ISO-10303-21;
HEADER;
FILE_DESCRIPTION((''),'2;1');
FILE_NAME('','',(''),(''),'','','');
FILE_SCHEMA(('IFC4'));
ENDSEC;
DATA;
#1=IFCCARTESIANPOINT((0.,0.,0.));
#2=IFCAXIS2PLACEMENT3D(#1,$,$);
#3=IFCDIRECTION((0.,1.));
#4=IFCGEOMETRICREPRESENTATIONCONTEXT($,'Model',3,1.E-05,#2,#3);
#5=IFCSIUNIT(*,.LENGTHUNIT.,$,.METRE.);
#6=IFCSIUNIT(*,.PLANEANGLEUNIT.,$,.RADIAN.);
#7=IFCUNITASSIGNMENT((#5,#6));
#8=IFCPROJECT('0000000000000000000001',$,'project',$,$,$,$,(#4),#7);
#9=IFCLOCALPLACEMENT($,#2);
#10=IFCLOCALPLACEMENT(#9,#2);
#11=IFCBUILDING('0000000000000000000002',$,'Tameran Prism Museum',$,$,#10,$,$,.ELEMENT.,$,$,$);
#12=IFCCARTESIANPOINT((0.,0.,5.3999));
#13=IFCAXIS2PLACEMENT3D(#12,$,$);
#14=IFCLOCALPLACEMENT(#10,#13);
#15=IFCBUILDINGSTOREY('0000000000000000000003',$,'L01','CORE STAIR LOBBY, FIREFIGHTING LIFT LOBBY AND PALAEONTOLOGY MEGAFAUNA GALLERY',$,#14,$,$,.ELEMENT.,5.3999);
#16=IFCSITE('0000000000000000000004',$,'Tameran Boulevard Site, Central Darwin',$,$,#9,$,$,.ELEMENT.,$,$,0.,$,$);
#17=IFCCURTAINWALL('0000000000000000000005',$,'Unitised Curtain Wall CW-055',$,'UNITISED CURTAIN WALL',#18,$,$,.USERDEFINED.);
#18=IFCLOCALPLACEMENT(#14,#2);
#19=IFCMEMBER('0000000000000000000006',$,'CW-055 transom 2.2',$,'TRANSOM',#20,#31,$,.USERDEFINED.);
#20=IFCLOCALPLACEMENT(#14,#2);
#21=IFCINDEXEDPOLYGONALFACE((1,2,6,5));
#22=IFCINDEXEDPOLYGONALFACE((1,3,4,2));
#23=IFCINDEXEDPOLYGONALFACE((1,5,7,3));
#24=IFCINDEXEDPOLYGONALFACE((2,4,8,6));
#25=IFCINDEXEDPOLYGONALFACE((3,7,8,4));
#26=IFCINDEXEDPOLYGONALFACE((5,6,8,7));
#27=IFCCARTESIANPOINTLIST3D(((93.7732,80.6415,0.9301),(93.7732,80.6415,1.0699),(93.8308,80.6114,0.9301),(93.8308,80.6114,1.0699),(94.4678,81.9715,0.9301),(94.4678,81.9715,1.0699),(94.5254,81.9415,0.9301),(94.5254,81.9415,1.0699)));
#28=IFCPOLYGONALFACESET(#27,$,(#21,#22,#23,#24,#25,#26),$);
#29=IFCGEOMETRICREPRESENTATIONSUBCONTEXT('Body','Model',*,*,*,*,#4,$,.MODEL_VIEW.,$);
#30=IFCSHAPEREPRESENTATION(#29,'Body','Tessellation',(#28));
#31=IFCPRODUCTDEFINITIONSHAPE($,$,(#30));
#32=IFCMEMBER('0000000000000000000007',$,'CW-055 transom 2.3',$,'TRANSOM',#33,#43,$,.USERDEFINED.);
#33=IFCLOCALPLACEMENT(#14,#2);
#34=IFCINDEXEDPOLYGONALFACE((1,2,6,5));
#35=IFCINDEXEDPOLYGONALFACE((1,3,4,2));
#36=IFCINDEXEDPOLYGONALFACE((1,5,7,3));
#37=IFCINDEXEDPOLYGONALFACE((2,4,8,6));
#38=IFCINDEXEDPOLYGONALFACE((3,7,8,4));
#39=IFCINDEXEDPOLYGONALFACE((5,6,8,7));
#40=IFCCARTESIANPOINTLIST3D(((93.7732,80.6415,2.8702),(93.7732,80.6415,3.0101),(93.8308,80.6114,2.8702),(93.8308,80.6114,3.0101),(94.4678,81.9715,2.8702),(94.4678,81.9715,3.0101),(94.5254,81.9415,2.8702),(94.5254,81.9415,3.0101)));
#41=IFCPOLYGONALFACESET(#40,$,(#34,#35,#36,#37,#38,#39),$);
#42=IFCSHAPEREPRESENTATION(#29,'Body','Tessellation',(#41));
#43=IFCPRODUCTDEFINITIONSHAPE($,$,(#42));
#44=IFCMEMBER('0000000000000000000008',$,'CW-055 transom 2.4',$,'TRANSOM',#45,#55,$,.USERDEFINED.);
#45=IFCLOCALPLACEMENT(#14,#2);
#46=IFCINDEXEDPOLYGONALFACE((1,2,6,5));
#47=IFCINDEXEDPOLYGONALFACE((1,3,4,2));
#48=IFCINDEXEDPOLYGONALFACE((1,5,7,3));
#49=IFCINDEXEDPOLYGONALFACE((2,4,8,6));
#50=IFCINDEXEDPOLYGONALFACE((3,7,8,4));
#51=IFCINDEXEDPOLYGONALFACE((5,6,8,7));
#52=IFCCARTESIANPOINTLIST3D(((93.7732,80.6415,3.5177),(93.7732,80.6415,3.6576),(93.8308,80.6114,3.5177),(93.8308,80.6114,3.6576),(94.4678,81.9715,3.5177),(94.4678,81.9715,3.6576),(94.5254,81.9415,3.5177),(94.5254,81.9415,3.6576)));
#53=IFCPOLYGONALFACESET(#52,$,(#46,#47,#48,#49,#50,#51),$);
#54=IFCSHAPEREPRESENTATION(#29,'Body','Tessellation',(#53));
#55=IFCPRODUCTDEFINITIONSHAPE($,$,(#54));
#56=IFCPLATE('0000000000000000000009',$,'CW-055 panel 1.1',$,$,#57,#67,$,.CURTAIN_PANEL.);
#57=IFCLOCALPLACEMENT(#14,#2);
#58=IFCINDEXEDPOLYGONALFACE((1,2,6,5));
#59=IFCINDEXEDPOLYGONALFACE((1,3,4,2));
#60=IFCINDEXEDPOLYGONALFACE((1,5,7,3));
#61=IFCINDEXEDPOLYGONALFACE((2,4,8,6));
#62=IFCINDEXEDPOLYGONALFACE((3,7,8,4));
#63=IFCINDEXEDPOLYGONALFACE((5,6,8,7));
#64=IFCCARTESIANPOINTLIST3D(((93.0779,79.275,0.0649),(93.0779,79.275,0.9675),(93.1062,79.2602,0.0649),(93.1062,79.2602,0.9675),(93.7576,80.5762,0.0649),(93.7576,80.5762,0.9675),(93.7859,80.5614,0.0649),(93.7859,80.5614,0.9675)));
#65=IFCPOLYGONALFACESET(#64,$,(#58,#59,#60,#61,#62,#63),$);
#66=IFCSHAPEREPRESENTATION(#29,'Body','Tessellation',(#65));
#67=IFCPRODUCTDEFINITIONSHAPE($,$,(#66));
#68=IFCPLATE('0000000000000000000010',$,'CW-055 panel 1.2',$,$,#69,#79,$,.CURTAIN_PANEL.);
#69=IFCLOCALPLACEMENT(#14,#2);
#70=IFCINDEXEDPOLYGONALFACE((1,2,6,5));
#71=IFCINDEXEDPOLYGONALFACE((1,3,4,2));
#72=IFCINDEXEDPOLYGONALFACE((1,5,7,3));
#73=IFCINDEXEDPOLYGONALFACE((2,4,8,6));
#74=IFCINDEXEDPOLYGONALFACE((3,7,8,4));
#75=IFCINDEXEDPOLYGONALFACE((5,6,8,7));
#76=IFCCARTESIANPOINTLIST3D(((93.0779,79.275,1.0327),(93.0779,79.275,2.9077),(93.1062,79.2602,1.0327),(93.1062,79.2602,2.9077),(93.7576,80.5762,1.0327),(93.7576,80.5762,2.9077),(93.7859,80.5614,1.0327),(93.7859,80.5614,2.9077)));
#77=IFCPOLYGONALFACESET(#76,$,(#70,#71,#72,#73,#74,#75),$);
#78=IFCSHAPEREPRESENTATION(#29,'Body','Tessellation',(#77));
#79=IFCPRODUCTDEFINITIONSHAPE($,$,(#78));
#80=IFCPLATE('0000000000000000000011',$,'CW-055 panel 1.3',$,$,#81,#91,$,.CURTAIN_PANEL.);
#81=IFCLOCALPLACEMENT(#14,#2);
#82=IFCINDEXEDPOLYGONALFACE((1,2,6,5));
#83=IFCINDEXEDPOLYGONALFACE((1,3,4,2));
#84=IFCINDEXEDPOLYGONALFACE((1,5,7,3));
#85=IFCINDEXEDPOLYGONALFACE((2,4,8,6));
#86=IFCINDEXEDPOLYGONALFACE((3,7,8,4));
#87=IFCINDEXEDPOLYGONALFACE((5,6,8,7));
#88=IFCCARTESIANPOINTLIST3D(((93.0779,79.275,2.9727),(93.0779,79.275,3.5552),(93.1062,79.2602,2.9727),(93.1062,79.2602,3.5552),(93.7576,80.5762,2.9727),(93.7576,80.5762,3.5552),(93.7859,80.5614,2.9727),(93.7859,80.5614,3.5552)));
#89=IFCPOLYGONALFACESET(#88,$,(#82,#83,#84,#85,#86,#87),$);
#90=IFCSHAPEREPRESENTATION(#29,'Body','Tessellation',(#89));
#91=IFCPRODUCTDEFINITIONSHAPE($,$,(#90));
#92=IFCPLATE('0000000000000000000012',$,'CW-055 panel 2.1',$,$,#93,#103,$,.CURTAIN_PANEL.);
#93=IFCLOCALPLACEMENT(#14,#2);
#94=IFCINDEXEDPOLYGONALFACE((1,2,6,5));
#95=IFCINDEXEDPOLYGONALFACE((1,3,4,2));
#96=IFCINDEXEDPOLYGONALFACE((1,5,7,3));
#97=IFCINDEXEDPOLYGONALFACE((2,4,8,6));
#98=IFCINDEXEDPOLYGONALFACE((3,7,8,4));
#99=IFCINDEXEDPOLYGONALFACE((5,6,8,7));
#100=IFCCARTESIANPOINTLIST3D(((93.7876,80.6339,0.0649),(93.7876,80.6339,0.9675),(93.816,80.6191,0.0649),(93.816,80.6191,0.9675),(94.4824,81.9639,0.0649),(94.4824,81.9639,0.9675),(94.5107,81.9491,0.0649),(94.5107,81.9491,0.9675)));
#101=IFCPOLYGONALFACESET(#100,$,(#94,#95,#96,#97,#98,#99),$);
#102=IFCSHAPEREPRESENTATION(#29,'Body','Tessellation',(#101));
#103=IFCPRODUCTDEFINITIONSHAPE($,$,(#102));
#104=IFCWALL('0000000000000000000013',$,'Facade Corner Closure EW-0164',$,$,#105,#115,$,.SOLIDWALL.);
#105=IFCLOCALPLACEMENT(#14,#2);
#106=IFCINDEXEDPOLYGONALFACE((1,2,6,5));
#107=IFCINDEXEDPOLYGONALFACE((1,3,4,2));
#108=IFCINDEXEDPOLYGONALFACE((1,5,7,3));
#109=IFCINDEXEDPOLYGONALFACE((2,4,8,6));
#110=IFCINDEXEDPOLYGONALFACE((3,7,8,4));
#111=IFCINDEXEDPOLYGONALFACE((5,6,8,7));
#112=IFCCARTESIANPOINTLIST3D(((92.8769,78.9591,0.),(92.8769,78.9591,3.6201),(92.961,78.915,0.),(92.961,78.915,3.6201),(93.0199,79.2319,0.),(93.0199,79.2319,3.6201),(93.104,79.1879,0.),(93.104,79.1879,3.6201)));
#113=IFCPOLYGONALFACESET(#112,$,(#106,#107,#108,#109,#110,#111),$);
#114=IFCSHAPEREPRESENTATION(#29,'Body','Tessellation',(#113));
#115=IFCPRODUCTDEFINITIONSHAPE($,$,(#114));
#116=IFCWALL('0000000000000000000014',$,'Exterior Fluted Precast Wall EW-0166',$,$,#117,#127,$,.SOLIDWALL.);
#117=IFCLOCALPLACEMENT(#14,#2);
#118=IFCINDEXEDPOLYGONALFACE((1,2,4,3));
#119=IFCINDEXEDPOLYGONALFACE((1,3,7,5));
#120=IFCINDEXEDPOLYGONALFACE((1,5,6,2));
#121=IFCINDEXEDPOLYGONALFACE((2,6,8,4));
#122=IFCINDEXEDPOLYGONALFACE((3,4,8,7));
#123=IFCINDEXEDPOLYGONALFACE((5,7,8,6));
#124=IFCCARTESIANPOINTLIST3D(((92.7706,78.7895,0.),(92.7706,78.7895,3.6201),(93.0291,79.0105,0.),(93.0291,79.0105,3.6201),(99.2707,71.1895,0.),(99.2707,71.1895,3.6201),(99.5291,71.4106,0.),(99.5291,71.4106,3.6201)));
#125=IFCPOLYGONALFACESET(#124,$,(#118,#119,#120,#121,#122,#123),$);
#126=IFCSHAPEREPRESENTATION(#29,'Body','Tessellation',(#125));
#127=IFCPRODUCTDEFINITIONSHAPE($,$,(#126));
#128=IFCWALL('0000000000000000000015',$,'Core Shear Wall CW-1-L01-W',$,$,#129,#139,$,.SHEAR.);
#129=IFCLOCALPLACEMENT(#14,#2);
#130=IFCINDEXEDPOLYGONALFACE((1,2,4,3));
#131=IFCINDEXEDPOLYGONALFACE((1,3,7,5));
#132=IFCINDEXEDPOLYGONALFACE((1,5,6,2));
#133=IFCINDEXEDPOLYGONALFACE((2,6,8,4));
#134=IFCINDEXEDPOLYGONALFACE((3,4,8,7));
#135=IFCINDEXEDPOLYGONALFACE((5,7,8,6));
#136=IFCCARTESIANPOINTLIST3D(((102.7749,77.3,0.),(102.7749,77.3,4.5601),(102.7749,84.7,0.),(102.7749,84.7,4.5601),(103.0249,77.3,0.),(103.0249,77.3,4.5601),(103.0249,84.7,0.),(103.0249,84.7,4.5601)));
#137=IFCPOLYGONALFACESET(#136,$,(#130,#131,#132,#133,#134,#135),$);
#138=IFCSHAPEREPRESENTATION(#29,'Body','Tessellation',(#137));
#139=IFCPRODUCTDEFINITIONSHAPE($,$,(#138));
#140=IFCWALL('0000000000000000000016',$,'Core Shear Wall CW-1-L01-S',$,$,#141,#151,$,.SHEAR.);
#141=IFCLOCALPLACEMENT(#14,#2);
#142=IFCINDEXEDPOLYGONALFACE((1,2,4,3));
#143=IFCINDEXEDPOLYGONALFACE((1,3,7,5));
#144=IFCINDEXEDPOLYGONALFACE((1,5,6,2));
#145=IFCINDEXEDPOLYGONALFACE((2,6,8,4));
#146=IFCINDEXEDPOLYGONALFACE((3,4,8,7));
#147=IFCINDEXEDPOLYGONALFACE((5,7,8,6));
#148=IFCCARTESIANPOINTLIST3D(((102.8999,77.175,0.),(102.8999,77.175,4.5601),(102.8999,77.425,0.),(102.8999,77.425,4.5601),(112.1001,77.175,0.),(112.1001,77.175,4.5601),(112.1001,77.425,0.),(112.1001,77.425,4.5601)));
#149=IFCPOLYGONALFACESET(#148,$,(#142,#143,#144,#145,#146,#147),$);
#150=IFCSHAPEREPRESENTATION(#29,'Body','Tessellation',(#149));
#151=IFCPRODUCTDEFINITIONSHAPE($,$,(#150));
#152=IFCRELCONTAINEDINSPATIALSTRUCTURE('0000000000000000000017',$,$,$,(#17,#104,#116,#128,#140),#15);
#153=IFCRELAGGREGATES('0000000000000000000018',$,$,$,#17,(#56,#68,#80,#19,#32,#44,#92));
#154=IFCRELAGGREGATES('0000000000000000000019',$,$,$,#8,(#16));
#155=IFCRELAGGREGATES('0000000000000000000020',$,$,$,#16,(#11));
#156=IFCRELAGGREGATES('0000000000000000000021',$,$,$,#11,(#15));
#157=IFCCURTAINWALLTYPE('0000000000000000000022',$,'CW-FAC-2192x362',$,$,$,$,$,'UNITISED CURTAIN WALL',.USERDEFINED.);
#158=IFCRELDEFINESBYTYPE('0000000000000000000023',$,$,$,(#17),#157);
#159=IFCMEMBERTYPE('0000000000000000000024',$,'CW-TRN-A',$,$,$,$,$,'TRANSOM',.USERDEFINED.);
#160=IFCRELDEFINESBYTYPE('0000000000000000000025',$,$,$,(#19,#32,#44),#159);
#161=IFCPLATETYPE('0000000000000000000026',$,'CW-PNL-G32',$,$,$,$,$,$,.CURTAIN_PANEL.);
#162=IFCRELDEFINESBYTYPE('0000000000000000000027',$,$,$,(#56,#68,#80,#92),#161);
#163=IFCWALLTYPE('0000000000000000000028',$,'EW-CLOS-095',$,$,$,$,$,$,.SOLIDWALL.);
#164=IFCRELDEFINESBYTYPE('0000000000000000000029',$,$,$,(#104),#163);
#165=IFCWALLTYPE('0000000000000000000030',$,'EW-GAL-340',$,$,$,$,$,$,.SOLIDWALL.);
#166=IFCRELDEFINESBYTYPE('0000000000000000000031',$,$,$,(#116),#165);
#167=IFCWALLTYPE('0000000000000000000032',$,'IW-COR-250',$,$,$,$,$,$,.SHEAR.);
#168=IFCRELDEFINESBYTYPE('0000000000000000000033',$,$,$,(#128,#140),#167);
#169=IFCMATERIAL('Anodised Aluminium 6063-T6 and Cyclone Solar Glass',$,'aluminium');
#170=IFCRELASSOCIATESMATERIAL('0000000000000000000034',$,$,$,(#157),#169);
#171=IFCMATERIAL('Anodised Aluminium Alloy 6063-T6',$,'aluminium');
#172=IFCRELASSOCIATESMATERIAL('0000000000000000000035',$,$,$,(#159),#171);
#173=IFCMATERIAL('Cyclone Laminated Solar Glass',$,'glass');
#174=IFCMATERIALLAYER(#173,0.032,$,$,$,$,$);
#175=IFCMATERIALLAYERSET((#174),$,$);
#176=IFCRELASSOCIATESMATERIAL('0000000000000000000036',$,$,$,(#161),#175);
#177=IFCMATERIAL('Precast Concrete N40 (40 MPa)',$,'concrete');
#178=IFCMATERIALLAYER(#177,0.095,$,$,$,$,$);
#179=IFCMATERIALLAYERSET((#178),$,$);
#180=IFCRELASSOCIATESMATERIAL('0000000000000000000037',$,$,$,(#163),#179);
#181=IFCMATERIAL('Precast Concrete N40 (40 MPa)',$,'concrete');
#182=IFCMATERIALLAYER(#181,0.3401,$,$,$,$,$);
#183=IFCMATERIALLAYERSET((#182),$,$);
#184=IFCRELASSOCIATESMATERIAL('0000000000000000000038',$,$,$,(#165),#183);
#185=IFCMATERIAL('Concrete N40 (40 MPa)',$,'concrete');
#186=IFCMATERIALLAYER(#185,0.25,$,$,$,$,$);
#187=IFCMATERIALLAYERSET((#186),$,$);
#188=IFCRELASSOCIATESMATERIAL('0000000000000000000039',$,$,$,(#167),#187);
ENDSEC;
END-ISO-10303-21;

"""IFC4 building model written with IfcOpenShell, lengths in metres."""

from ifc_helpers import new_model, si_unit, direction, frame, frame_2d, origin, origin_2d, place, context, subcontext, project, spatial, rectangle, extrude, material, layer, layer_set, material_profile, profile_set, type_object, element, aggregate, save


model = new_model("IFC4")

# Units and contexts
model_context = context("Model", 3, precision=1e-05, world=origin(), true_north=direction((0.0, 1.0)))
body_context = subcontext(model_context, "Body", "Model", "MODEL_VIEW")
ifc_project = project(units=[si_unit("LENGTHUNIT", "METRE"), si_unit("PLANEANGLEUNIT", "RADIAN")], contexts=[model_context])

# Site, building, storey
site_placement = place(None, origin())
site = spatial("IfcSite", under=ifc_project, at=site_placement, Name="Tameran Boulevard Site, Central Darwin", CompositionType="ELEMENT", RefElevation=0.0)
building_placement = place(site_placement, origin())
building = spatial("IfcBuilding", under=site, at=building_placement, Name="Tameran Prism Museum", CompositionType="ELEMENT")
storey_placement = place(building_placement, frame((0.0, 0.0, 5.3999)))
storey = spatial("IfcBuildingStorey", under=building, at=storey_placement, Name="L01", Description="CORE STAIR LOBBY, FIREFIGHTING LIFT LOBBY AND PALAEONTOLOGY MEGAFAUNA GALLERY", CompositionType="ELEMENT", Elevation=5.3999)

# Curtain wall, members, plates
ifc_material_1 = material(Name="Anodised Aluminium 6063-T6 and Cyclone Solar Glass", Category="aluminium")
curtain_wall_type = type_object("IfcCurtainWallType", Name="CW-FAC-2192x362", ElementType="UNITISED CURTAIN WALL", PredefinedType="USERDEFINED", material=ifc_material_1)
curtain_wall_placement = place(storey_placement, origin())
curtain_wall = element("IfcCurtainWall", 1, at=curtain_wall_placement, inside=storey, type_object=curtain_wall_type, Name="Unitised Curtain Wall CW-055", ObjectType="UNITISED CURTAIN WALL", PredefinedType="USERDEFINED")
ifc_material_2 = material(Name="Anodised Aluminium Alloy 6063-T6", Category="aluminium")
ifc_material_profile_1 = material_profile(ifc_material_2, rectangle(XDim=0.0649, YDim=0.1399, at=origin_2d()))
ifc_profile_set_1 = profile_set([ifc_material_profile_1])
member_type_1 = type_object("IfcMemberType", Name="CW-TRN-A", ElementType="TRANSOM", PredefinedType="USERDEFINED", material=ifc_profile_set_1)
member_1_placement = place(storey_placement, frame((93.802, 80.6265, 1.0), z_axis=(0.462894, 0.886414, 0.0), x_axis=(-0.886414, 0.462894, 0.0)))
member_1 = element("IfcMember", 2, at=member_1_placement, type_object=member_type_1, Name="CW-055 transom 2.2", ObjectType="TRANSOM", PredefinedType="USERDEFINED", context=body_context, shape_type="SweptSolid", body=[
    extrude(rectangle(XDim=0.0649, YDim=0.1399, at=origin_2d()), origin(), (0.0, 0.0, 1.0), 1.5005),
])
member_2_placement = place(storey_placement, frame((93.802, 80.6265, 2.9402), z_axis=(0.462894, 0.886414, 0.0), x_axis=(-0.886414, 0.462894, 0.0)))
member_2 = element("IfcMember", 3, at=member_2_placement, type_object=member_type_1, Name="CW-055 transom 2.3", ObjectType="TRANSOM", PredefinedType="USERDEFINED", context=body_context, shape_type="SweptSolid", body=[
    extrude(rectangle(XDim=0.0649, YDim=0.1399, at=origin_2d()), origin(), (0.0, 0.0, 1.0), 1.5005),
])
member_3_placement = place(storey_placement, frame((93.802, 80.6265, 3.5876), z_axis=(0.462894, 0.886414, 0.0), x_axis=(-0.886414, 0.462894, 0.0)))
member_3 = element("IfcMember", 4, at=member_3_placement, type_object=member_type_1, Name="CW-055 transom 2.4", ObjectType="TRANSOM", PredefinedType="USERDEFINED", context=body_context, shape_type="SweptSolid", body=[
    extrude(rectangle(XDim=0.0649, YDim=0.1399, at=origin_2d()), origin(), (0.0, 0.0, 1.0), 1.5005),
])
ifc_material_3 = material(Name="Cyclone Laminated Solar Glass", Category="glass")
ifc_layer_1 = layer(ifc_material_3, 0.032)
ifc_layer_set_1 = layer_set([ifc_layer_1])
plate_type = type_object("IfcPlateType", Name="CW-PNL-G32", PredefinedType="CURTAIN_PANEL", material=ifc_layer_set_1)
plate_1_placement = place(storey_placement, frame((93.4319, 79.9182, 0.0649), z_axis=(0.0, 0.0, 1.0), x_axis=(0.463003, 0.886357, 0.0)))
plate_1 = element("IfcPlate", 5, at=plate_1_placement, type_object=plate_type, Name="CW-055 panel 1.1", PredefinedType="CURTAIN_PANEL", context=body_context, shape_type="SweptSolid", body=[
    extrude(rectangle(XDim=1.468, YDim=0.032, at=origin_2d()), origin(), (0.0, 0.0, 1.0), 0.9026),
])
plate_2_placement = place(storey_placement, frame((93.4319, 79.9182, 1.0327), z_axis=(0.0, 0.0, 1.0), x_axis=(0.463003, 0.886357, 0.0)))
plate_2 = element("IfcPlate", 6, at=plate_2_placement, type_object=plate_type, Name="CW-055 panel 1.2", PredefinedType="CURTAIN_PANEL", context=body_context, shape_type="SweptSolid", body=[
    extrude(rectangle(XDim=1.468, YDim=0.032, at=origin_2d()), origin(), (0.0, 0.0, 1.0), 1.875),
])
plate_3_placement = place(storey_placement, frame((93.4319, 79.9182, 2.9727), z_axis=(0.0, 0.0, 1.0), x_axis=(0.463003, 0.886357, 0.0)))
plate_3 = element("IfcPlate", 7, at=plate_3_placement, type_object=plate_type, Name="CW-055 panel 1.3", PredefinedType="CURTAIN_PANEL", context=body_context, shape_type="SweptSolid", body=[
    extrude(rectangle(XDim=1.468, YDim=0.032, at=origin_2d()), origin(), (0.0, 0.0, 1.0), 0.5825),
])
plate_4_placement = place(storey_placement, frame((94.1492, 81.2915, 0.0649), z_axis=(0.0, 0.0, 1.0), x_axis=(0.463003, 0.886357, 0.0)))
plate_4 = element("IfcPlate", 8, at=plate_4_placement, type_object=plate_type, Name="CW-055 panel 2.1", PredefinedType="CURTAIN_PANEL", context=body_context, shape_type="SweptSolid", body=[
    extrude(rectangle(XDim=1.5005, YDim=0.032, at=origin_2d()), origin(), (0.0, 0.0, 1.0), 0.9026),
])
aggregate(curtain_wall, [plate_1, plate_2, plate_3, member_1, member_2, member_3, plate_4])

# Walls
ifc_material_4 = material(Name="Precast Concrete N40 (40 MPa)", Category="concrete")
ifc_layer_2 = layer(ifc_material_4, 0.095)
ifc_layer_set_2 = layer_set([ifc_layer_2])
wall_type_1 = type_object("IfcWallType", Name="EW-CLOS-095", PredefinedType="SOLIDWALL", material=ifc_layer_set_2)
wall_1_placement = place(storey_placement, frame((92.9189, 78.937, 0.0), z_axis=(0.0, 0.0, 1.0), x_axis=(0.464244, 0.885707, 0.0)))
element("IfcWall", 9, at=wall_1_placement, inside=storey, type_object=wall_type_1, Name="Facade Corner Closure EW-0164", PredefinedType="SOLIDWALL", context=body_context, shape_type="SweptSolid", body=[
    extrude(rectangle(XDim=0.3081, YDim=0.095, at=frame_2d((0.1541, 0.0))), origin(), (0.0, 0.0, 1.0), 3.6201),
])
ifc_material_5 = material(Name="Precast Concrete N40 (40 MPa)", Category="concrete")
ifc_layer_3 = layer(ifc_material_5, 0.3401)
ifc_layer_set_3 = layer_set([ifc_layer_3])
wall_type_2 = type_object("IfcWallType", Name="EW-GAL-340", PredefinedType="SOLIDWALL", material=ifc_layer_set_3)
wall_2_placement = place(storey_placement, frame((99.3999, 71.3, 0.0), z_axis=(0.0, 0.0, 1.0), x_axis=(-0.649975, 0.759956, 0.0)))
element("IfcWall", 10, at=wall_2_placement, inside=storey, type_object=wall_type_2, Name="Exterior Fluted Precast Wall EW-0166", PredefinedType="SOLIDWALL", context=body_context, shape_type="SweptSolid", body=[
    extrude(rectangle(XDim=10.0005, YDim=0.3401, at=frame_2d((5.0002, 0.0))), origin(), (0.0, 0.0, 1.0), 3.6201),
])
ifc_material_6 = material(Name="Concrete N40 (40 MPa)", Category="concrete")
ifc_layer_4 = layer(ifc_material_6, 0.25)
ifc_layer_set_4 = layer_set([ifc_layer_4])
wall_type_3 = type_object("IfcWallType", Name="IW-COR-250", PredefinedType="SHEAR", material=ifc_layer_set_4)
wall_3_placement = place(storey_placement, frame((102.8999, 77.3, 0.0), z_axis=(0.0, 0.0, 1.0), x_axis=(0.0, 1.0, 0.0)))
element("IfcWall", 11, at=wall_3_placement, inside=storey, type_object=wall_type_3, Name="Core Shear Wall CW-1-L01-W", PredefinedType="SHEAR", context=body_context, shape_type="SweptSolid", body=[
    extrude(rectangle(XDim=7.3999, YDim=0.25, at=frame_2d((3.7, 0.0))), origin(), (0.0, 0.0, 1.0), 4.5601),
])
wall_4_placement = place(storey_placement, frame((112.1001, 77.3, 0.0), z_axis=(0.0, 0.0, 1.0), x_axis=(-1.0, 0.0, 0.0)))
element("IfcWall", 12, at=wall_4_placement, inside=storey, type_object=wall_type_3, Name="Core Shear Wall CW-1-L01-S", PredefinedType="SHEAR", context=body_context, shape_type="SweptSolid", body=[
    extrude(rectangle(XDim=9.2002, YDim=0.25, at=frame_2d((4.6001, 0.0))), origin(), (0.0, 0.0, 1.0), 4.5601),
])

save(model, "model.ifc")
